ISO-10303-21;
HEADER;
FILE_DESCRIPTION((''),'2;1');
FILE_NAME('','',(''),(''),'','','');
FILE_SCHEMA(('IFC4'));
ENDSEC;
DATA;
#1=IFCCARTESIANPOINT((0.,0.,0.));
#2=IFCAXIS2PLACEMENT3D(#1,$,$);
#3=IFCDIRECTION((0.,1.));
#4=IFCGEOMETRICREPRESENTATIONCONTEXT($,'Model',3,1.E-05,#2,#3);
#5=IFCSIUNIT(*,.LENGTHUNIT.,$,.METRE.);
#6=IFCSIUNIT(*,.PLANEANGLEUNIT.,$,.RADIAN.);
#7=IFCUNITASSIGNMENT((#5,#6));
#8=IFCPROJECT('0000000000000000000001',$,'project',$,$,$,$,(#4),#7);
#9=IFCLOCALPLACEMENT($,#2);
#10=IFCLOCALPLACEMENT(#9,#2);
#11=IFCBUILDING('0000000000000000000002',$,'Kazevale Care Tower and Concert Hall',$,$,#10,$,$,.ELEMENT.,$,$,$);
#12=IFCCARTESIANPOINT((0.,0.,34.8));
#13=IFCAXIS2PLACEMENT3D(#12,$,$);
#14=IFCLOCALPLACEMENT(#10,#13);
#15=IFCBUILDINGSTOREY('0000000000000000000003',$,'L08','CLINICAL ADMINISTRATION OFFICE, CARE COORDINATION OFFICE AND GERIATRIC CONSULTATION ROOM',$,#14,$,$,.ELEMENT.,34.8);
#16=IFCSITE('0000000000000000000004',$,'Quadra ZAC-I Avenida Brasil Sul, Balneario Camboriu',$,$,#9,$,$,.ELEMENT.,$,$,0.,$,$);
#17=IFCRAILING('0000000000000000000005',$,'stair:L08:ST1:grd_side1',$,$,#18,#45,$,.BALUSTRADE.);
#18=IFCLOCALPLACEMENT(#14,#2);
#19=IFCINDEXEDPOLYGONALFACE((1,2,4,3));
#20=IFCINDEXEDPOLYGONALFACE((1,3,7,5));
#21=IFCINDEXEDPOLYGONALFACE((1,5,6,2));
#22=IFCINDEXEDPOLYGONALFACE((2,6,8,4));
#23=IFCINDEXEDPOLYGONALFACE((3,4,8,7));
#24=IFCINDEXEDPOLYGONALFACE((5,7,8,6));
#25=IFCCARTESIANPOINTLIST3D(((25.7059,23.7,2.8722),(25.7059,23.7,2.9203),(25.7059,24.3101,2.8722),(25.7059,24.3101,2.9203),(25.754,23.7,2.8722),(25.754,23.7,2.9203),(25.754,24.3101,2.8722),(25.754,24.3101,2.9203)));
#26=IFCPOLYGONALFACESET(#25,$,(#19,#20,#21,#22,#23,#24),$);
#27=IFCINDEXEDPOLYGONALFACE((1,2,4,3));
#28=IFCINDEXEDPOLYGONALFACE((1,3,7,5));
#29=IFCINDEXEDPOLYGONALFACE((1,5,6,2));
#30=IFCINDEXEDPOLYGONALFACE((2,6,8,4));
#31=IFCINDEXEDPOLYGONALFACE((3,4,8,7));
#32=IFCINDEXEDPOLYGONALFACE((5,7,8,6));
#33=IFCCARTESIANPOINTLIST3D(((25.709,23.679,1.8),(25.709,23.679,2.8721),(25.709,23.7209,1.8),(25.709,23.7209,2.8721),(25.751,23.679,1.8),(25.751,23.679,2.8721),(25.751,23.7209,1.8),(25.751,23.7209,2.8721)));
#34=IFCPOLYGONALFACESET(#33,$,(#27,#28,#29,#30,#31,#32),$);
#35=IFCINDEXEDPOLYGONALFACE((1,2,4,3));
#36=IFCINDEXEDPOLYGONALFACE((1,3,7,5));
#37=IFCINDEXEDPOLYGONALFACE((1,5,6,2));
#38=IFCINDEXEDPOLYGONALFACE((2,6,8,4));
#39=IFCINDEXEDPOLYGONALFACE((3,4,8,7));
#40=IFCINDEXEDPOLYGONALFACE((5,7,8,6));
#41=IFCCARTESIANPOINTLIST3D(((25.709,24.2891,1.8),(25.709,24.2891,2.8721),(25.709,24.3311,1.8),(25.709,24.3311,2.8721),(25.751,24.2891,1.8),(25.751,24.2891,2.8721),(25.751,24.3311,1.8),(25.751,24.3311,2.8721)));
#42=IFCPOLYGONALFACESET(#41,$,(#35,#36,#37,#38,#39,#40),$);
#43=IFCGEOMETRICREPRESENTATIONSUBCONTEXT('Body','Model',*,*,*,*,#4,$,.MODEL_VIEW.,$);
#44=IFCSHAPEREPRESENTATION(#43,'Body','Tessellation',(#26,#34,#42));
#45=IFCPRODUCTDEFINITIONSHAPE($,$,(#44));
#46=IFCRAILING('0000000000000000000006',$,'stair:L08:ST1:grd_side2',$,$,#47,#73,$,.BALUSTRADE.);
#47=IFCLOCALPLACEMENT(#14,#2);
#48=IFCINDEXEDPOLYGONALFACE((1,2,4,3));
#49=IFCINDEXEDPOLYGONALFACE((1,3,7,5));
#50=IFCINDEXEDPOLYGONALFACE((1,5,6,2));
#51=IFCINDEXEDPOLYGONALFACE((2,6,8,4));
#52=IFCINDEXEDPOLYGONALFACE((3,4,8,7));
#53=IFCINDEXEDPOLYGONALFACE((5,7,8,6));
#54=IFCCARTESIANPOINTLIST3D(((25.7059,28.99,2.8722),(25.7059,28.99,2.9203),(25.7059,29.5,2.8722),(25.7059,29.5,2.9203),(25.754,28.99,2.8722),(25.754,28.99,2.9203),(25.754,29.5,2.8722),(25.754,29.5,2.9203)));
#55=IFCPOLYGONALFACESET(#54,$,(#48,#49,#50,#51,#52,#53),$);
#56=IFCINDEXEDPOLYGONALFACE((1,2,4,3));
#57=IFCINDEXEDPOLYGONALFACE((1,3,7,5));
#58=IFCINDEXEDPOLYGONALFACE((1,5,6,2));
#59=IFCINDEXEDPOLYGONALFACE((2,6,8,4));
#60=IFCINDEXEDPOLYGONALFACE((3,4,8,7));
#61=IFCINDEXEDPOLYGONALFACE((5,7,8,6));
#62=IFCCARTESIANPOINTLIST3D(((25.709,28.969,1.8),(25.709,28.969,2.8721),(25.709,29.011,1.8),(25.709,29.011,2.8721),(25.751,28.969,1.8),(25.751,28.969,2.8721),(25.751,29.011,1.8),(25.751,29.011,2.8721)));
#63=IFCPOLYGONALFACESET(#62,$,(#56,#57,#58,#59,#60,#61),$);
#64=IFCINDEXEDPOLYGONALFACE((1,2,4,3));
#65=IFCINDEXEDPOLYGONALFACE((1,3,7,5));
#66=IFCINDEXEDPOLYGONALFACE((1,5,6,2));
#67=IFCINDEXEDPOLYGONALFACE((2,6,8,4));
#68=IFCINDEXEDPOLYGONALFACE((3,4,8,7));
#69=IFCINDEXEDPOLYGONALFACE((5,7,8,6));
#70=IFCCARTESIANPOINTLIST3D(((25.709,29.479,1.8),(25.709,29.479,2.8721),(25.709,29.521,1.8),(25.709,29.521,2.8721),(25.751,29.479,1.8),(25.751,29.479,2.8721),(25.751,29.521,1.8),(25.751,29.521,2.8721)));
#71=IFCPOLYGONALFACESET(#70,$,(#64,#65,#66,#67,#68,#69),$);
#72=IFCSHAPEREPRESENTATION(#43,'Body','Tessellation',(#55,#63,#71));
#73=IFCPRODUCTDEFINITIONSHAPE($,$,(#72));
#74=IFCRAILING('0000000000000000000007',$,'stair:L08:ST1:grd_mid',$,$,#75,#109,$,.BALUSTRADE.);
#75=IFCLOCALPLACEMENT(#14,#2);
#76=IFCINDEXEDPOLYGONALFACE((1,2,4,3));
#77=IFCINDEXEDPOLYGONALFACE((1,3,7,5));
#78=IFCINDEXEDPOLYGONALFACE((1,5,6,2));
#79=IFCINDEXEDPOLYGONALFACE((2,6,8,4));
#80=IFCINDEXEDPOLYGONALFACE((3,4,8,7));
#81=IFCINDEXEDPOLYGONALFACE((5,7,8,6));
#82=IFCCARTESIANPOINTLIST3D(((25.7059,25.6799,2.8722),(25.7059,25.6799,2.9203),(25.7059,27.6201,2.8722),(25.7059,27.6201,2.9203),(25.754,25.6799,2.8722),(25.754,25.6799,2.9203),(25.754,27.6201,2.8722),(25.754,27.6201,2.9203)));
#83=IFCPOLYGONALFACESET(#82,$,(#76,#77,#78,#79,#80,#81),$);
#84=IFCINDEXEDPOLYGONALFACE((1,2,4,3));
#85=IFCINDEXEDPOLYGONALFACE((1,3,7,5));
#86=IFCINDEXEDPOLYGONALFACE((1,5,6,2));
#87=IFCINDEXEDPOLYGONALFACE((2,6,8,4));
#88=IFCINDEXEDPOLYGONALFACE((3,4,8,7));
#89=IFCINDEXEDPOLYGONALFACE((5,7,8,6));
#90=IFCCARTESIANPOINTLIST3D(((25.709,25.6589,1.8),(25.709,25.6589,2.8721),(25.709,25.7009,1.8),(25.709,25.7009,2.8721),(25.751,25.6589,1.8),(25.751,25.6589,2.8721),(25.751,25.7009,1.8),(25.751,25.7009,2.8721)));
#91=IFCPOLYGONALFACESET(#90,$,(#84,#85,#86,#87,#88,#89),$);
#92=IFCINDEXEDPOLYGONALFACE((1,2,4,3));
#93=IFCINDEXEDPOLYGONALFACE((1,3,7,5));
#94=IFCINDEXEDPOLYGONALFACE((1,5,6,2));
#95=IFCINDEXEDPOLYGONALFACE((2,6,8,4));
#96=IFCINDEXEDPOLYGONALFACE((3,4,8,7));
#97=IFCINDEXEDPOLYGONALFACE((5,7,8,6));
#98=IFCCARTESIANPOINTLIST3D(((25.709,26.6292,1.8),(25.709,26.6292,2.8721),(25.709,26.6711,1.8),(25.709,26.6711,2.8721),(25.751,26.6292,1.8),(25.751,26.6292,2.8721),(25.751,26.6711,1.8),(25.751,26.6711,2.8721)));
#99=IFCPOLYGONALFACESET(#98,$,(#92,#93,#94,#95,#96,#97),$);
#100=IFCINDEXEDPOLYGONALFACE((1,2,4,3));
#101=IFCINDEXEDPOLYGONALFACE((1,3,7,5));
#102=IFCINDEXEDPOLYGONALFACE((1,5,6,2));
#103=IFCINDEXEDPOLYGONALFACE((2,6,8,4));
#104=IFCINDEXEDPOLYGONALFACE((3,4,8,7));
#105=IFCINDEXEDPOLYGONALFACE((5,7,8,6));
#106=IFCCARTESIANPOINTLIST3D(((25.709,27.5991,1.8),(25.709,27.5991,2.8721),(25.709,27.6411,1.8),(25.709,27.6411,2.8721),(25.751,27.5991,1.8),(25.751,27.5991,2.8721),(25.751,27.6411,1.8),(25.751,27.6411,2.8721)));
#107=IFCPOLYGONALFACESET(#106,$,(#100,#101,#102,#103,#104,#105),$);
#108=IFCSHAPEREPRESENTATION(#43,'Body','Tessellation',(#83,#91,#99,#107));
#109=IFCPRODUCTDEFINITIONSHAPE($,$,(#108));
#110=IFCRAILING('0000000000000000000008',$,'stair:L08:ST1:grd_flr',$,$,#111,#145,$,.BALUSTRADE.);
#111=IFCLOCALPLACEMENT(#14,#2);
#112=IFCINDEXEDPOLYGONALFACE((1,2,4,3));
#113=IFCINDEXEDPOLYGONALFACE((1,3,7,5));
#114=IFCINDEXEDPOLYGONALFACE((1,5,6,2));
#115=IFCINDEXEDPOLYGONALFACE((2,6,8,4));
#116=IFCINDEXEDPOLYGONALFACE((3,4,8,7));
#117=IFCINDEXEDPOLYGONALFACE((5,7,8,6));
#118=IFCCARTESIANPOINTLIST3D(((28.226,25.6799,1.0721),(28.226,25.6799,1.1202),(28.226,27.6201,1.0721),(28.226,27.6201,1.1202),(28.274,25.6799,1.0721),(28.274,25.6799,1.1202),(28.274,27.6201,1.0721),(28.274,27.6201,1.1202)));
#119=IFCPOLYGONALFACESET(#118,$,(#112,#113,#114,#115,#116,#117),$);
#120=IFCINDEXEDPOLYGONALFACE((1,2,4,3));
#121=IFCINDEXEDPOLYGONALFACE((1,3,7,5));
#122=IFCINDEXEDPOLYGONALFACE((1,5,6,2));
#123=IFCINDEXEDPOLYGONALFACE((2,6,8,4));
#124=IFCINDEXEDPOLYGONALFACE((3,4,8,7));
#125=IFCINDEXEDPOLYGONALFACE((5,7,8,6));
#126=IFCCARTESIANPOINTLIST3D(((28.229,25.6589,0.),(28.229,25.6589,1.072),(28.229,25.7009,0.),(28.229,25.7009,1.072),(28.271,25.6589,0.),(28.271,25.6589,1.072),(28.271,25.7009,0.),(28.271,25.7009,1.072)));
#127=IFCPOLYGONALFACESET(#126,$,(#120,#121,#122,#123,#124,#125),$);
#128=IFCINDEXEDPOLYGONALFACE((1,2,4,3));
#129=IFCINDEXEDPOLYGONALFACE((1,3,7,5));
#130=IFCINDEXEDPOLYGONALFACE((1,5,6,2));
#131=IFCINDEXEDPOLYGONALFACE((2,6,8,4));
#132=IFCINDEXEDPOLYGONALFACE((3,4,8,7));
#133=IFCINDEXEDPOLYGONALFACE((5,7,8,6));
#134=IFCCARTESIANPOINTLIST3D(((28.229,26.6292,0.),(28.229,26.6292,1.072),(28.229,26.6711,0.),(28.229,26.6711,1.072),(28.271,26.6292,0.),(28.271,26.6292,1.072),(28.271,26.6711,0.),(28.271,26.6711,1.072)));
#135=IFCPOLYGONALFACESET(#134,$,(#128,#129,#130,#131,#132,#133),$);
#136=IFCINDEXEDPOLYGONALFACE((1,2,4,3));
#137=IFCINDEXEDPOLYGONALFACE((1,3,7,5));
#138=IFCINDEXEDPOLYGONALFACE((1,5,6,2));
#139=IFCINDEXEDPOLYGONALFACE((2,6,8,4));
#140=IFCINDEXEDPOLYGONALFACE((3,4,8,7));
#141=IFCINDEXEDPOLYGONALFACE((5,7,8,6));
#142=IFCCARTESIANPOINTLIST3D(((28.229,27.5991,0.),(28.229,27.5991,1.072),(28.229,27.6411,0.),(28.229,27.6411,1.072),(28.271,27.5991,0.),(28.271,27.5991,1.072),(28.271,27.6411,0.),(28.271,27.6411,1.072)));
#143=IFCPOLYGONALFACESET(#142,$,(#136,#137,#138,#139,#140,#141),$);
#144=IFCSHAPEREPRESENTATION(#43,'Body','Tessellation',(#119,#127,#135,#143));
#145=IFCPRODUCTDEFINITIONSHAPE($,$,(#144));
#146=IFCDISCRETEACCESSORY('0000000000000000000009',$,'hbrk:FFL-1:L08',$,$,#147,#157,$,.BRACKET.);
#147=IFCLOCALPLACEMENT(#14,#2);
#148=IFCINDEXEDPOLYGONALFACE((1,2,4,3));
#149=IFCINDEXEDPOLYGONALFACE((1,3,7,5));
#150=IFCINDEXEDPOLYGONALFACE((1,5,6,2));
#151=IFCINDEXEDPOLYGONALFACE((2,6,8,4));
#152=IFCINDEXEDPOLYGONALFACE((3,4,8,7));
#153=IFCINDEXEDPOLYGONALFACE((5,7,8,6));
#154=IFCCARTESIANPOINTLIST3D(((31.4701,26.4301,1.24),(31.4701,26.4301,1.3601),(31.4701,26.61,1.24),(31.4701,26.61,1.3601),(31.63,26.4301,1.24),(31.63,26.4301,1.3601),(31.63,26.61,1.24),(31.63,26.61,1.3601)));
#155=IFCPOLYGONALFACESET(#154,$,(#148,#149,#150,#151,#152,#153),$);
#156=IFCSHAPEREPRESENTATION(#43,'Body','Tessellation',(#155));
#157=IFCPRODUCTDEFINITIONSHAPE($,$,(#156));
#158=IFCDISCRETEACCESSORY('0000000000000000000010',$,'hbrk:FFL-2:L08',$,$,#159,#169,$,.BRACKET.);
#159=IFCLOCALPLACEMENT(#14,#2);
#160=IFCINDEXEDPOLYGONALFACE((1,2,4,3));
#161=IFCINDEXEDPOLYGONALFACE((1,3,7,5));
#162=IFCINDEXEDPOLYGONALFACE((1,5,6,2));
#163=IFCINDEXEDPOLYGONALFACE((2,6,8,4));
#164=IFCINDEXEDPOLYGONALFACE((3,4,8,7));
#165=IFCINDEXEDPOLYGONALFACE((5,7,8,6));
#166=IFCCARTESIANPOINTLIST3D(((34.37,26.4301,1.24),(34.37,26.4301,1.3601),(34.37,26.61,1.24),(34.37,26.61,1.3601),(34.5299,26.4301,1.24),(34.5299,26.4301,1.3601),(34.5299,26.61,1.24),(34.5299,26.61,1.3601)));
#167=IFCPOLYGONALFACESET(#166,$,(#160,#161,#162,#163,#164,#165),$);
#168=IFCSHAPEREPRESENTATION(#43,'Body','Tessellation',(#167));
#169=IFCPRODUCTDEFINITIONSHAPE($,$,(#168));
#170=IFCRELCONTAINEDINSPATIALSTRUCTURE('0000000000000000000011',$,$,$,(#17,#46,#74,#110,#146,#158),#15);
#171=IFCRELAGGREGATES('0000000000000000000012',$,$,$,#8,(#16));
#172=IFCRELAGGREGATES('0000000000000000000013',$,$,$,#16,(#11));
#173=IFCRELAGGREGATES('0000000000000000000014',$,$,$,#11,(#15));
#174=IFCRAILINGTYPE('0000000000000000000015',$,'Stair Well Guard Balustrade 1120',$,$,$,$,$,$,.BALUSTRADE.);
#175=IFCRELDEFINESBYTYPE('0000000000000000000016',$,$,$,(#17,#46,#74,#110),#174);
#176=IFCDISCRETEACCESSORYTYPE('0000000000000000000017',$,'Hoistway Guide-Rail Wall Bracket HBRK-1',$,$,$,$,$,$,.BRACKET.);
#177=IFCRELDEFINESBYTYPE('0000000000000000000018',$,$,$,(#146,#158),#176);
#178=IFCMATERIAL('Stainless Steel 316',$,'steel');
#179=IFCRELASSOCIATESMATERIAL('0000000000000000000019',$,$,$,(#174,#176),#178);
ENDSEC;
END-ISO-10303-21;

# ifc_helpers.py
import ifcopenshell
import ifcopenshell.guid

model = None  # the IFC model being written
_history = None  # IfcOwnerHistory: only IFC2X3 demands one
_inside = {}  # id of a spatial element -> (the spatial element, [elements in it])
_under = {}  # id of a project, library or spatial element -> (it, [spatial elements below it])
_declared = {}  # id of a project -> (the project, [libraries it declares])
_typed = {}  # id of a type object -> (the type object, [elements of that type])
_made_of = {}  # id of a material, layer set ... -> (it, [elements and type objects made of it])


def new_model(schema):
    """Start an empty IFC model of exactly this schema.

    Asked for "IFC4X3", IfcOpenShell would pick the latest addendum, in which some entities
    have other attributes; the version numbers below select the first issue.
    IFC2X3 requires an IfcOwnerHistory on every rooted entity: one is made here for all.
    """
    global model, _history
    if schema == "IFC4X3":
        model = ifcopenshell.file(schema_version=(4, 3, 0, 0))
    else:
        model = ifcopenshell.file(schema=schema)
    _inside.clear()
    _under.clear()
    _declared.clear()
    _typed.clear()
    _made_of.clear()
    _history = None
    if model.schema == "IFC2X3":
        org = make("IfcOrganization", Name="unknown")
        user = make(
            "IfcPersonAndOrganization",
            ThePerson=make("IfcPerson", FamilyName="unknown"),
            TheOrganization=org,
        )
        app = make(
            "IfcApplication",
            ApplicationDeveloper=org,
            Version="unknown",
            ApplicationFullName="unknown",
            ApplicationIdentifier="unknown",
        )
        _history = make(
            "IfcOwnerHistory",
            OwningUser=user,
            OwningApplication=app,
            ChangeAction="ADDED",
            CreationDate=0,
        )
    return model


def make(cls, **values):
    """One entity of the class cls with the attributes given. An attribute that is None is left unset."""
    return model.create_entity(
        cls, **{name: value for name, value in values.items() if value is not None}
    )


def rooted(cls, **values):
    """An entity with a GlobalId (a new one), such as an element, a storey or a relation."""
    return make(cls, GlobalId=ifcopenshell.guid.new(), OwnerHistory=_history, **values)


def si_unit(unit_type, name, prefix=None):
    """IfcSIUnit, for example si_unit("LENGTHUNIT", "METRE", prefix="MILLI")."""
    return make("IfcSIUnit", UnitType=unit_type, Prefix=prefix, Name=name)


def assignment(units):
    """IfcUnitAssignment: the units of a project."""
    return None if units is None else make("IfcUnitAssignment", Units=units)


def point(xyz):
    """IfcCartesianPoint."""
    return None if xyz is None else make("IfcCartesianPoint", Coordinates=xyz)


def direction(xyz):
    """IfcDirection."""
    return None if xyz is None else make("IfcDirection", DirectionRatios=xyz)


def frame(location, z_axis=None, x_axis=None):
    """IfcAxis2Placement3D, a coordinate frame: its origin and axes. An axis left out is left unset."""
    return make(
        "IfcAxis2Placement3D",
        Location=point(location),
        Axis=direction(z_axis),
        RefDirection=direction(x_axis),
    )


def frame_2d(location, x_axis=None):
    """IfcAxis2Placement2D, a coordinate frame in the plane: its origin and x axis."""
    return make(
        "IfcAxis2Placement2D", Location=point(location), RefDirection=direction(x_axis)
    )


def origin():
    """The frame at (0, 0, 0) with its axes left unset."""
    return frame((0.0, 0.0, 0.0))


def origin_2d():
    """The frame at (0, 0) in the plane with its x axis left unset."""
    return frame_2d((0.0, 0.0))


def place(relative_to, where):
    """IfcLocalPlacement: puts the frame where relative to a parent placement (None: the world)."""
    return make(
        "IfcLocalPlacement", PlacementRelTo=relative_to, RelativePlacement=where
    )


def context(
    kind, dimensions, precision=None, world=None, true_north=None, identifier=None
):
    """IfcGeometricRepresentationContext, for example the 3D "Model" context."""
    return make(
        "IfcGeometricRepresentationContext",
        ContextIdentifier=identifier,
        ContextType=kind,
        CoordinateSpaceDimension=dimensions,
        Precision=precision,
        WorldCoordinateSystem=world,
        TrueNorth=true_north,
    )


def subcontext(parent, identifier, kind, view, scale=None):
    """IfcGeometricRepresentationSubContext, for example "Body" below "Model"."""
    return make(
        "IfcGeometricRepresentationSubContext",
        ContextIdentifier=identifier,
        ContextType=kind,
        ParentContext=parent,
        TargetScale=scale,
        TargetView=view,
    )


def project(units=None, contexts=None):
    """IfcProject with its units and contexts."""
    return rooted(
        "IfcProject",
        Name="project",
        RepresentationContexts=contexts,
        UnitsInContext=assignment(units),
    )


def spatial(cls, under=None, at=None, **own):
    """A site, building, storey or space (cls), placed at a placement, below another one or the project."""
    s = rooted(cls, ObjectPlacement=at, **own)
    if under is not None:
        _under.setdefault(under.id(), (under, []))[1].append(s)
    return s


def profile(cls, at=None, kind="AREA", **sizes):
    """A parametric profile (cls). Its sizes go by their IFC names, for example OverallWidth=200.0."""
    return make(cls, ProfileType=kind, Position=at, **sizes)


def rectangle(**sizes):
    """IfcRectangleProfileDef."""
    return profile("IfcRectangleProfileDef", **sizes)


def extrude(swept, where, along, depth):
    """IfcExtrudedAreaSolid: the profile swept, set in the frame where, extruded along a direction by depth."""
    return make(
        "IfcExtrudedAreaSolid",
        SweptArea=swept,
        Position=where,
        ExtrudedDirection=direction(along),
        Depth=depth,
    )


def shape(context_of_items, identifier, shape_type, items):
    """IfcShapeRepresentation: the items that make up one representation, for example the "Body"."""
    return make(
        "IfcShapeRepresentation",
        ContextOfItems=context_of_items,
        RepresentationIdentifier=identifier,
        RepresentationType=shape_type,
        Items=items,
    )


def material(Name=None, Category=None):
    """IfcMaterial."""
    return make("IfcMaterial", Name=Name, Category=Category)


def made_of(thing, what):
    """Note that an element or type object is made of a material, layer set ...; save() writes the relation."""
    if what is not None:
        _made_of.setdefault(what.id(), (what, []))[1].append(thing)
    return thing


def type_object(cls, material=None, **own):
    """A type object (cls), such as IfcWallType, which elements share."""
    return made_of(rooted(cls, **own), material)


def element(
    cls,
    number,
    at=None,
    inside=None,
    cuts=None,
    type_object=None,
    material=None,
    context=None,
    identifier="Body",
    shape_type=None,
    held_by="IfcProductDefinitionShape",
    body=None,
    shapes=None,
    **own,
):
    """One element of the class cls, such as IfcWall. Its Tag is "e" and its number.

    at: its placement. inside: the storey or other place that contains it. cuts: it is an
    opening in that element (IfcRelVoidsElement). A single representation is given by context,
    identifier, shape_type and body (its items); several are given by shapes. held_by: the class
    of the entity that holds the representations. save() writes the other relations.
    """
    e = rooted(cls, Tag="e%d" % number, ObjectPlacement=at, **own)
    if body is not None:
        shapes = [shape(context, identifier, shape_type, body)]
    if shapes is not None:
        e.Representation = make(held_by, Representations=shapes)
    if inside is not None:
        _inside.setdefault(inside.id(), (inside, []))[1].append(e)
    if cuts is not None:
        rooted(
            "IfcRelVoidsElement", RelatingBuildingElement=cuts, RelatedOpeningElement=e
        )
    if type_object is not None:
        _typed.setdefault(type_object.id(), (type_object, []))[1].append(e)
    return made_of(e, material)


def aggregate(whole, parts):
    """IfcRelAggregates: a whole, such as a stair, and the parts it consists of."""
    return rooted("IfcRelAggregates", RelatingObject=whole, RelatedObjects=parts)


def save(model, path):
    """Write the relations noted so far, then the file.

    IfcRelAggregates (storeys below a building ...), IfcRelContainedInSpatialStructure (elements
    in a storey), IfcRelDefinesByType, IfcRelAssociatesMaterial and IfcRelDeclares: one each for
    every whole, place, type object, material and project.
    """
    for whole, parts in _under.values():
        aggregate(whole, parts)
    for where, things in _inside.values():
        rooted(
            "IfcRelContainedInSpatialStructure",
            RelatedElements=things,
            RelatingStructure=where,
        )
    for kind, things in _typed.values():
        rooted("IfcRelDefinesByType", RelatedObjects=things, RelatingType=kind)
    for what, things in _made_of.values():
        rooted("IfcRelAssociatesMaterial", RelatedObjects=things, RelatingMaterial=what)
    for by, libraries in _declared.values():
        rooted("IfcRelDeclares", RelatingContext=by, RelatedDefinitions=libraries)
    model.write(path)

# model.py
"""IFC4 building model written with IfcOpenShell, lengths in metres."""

from ifc_helpers import new_model, si_unit, direction, frame, origin, origin_2d, place, context, subcontext, project, spatial, rectangle, extrude, material, type_object, element, save


model = new_model("IFC4")

# Units and contexts
model_context = context("Model", 3, precision=1e-05, world=origin(), true_north=direction((0.0, 1.0)))
body_context = subcontext(model_context, "Body", "Model", "MODEL_VIEW")
ifc_project = project(units=[si_unit("LENGTHUNIT", "METRE"), si_unit("PLANEANGLEUNIT", "RADIAN")], contexts=[model_context])

# Site, building, storey
site_placement = place(None, origin())
site = spatial("IfcSite", under=ifc_project, at=site_placement, Name="Quadra ZAC-I Avenida Brasil Sul, Balneario Camboriu", CompositionType="ELEMENT", RefElevation=0.0)
building_placement = place(site_placement, origin())
building = spatial("IfcBuilding", under=site, at=building_placement, Name="Kazevale Care Tower and Concert Hall", CompositionType="ELEMENT")
storey_placement = place(building_placement, frame((0.0, 0.0, 34.8)))
storey = spatial("IfcBuildingStorey", under=building, at=storey_placement, Name="L08", Description="CLINICAL ADMINISTRATION OFFICE, CARE COORDINATION OFFICE AND GERIATRIC CONSULTATION ROOM", CompositionType="ELEMENT", Elevation=34.8)

# Shared definitions
ifc_material_1 = material(Name="Stainless Steel 316", Category="steel")

# Railings
railing_type_1 = type_object("IfcRailingType", Name="Stair Well Guard Balustrade 1120", PredefinedType="BALUSTRADE", material=ifc_material_1)
railing_1_placement = place(storey_placement, frame((25.73, 23.7, 1.8)))
element("IfcRailing", 1, at=railing_1_placement, inside=storey, type_object=railing_type_1, Name="stair:L08:ST1:grd_side1", PredefinedType="BALUSTRADE", context=body_context, shape_type="SweptSolid", body=[
    extrude(rectangle(XDim=0.0481, YDim=0.0481, at=origin_2d()), frame((0.0, 0.0, 1.0962), z_axis=(0.0, 1.0, 0.0), x_axis=(-1.0, 0.0, 0.0)), (0.0, 0.0, 1.0), 0.6101),
    extrude(rectangle(XDim=0.042, YDim=0.042, at=origin_2d()), origin(), (0.0, 0.0, 1.0), 1.072),
    extrude(rectangle(XDim=0.042, YDim=0.042, at=origin_2d()), frame((0.0, 0.6101, 0.0)), (0.0, 0.0, 1.0), 1.072),
])
railing_2_placement = place(storey_placement, frame((25.73, 28.99, 1.8)))
element("IfcRailing", 2, at=railing_2_placement, inside=storey, type_object=railing_type_1, Name="stair:L08:ST1:grd_side2", PredefinedType="BALUSTRADE", context=body_context, shape_type="SweptSolid", body=[
    extrude(rectangle(XDim=0.0481, YDim=0.0481, at=origin_2d()), frame((0.0, 0.0, 1.0962), z_axis=(0.0, 1.0, 0.0), x_axis=(-1.0, 0.0, 0.0)), (0.0, 0.0, 1.0), 0.51),
    extrude(rectangle(XDim=0.042, YDim=0.042, at=origin_2d()), origin(), (0.0, 0.0, 1.0), 1.072),
    extrude(rectangle(XDim=0.042, YDim=0.042, at=origin_2d()), frame((0.0, 0.51, 0.0)), (0.0, 0.0, 1.0), 1.072),
])
for number, where, name in (
    (3, (25.73, 25.6799, 1.8), "stair:L08:ST1:grd_mid"),
    (4, (28.25, 25.6799, 0.0), "stair:L08:ST1:grd_flr"),
):
    element("IfcRailing", number, at=place(storey_placement, frame(where)), inside=storey, type_object=railing_type_1, Name=name, PredefinedType="BALUSTRADE", context=body_context, shape_type="SweptSolid", body=[
        extrude(rectangle(XDim=0.0481, YDim=0.0481, at=origin_2d()), frame((0.0, 0.0, 1.0962), z_axis=(0.0, 1.0, 0.0), x_axis=(-1.0, 0.0, 0.0)), (0.0, 0.0, 1.0), 1.9402),
        extrude(rectangle(XDim=0.042, YDim=0.042, at=origin_2d()), origin(), (0.0, 0.0, 1.0), 1.072),
        extrude(rectangle(XDim=0.042, YDim=0.042, at=origin_2d()), frame((0.0, 0.9702, 0.0)), (0.0, 0.0, 1.0), 1.072),
        extrude(rectangle(XDim=0.042, YDim=0.042, at=origin_2d()), frame((0.0, 1.9402, 0.0)), (0.0, 0.0, 1.0), 1.072),
    ])

# Discrete accessories
discrete_accessory_type = type_object("IfcDiscreteAccessoryType", Name="Hoistway Guide-Rail Wall Bracket HBRK-1", PredefinedType="BRACKET", material=ifc_material_1)
for number, where, z_axis, x_axis, name in (
    (5, (31.55, 26.52, 1.24), (0.0, 0.0, 1.0), (1.0, 0.0, 0.0), "hbrk:FFL-1:L08"),
    (6, (34.45, 26.52, 1.24), (0.0, 0.0, 1.0), (1.0, 0.0, 0.0), "hbrk:FFL-2:L08"),
):
    element("IfcDiscreteAccessory", number, at=place(storey_placement, frame(where, z_axis=z_axis, x_axis=x_axis)), inside=storey, type_object=discrete_accessory_type, Name=name, PredefinedType="BRACKET", context=body_context, shape_type="SweptSolid", body=[
        extrude(rectangle(XDim=0.1599, YDim=0.1799, at=origin_2d()), origin(), (0.0, 0.0, 1.0), 0.1201),
    ])

save(model, "model.ifc")
